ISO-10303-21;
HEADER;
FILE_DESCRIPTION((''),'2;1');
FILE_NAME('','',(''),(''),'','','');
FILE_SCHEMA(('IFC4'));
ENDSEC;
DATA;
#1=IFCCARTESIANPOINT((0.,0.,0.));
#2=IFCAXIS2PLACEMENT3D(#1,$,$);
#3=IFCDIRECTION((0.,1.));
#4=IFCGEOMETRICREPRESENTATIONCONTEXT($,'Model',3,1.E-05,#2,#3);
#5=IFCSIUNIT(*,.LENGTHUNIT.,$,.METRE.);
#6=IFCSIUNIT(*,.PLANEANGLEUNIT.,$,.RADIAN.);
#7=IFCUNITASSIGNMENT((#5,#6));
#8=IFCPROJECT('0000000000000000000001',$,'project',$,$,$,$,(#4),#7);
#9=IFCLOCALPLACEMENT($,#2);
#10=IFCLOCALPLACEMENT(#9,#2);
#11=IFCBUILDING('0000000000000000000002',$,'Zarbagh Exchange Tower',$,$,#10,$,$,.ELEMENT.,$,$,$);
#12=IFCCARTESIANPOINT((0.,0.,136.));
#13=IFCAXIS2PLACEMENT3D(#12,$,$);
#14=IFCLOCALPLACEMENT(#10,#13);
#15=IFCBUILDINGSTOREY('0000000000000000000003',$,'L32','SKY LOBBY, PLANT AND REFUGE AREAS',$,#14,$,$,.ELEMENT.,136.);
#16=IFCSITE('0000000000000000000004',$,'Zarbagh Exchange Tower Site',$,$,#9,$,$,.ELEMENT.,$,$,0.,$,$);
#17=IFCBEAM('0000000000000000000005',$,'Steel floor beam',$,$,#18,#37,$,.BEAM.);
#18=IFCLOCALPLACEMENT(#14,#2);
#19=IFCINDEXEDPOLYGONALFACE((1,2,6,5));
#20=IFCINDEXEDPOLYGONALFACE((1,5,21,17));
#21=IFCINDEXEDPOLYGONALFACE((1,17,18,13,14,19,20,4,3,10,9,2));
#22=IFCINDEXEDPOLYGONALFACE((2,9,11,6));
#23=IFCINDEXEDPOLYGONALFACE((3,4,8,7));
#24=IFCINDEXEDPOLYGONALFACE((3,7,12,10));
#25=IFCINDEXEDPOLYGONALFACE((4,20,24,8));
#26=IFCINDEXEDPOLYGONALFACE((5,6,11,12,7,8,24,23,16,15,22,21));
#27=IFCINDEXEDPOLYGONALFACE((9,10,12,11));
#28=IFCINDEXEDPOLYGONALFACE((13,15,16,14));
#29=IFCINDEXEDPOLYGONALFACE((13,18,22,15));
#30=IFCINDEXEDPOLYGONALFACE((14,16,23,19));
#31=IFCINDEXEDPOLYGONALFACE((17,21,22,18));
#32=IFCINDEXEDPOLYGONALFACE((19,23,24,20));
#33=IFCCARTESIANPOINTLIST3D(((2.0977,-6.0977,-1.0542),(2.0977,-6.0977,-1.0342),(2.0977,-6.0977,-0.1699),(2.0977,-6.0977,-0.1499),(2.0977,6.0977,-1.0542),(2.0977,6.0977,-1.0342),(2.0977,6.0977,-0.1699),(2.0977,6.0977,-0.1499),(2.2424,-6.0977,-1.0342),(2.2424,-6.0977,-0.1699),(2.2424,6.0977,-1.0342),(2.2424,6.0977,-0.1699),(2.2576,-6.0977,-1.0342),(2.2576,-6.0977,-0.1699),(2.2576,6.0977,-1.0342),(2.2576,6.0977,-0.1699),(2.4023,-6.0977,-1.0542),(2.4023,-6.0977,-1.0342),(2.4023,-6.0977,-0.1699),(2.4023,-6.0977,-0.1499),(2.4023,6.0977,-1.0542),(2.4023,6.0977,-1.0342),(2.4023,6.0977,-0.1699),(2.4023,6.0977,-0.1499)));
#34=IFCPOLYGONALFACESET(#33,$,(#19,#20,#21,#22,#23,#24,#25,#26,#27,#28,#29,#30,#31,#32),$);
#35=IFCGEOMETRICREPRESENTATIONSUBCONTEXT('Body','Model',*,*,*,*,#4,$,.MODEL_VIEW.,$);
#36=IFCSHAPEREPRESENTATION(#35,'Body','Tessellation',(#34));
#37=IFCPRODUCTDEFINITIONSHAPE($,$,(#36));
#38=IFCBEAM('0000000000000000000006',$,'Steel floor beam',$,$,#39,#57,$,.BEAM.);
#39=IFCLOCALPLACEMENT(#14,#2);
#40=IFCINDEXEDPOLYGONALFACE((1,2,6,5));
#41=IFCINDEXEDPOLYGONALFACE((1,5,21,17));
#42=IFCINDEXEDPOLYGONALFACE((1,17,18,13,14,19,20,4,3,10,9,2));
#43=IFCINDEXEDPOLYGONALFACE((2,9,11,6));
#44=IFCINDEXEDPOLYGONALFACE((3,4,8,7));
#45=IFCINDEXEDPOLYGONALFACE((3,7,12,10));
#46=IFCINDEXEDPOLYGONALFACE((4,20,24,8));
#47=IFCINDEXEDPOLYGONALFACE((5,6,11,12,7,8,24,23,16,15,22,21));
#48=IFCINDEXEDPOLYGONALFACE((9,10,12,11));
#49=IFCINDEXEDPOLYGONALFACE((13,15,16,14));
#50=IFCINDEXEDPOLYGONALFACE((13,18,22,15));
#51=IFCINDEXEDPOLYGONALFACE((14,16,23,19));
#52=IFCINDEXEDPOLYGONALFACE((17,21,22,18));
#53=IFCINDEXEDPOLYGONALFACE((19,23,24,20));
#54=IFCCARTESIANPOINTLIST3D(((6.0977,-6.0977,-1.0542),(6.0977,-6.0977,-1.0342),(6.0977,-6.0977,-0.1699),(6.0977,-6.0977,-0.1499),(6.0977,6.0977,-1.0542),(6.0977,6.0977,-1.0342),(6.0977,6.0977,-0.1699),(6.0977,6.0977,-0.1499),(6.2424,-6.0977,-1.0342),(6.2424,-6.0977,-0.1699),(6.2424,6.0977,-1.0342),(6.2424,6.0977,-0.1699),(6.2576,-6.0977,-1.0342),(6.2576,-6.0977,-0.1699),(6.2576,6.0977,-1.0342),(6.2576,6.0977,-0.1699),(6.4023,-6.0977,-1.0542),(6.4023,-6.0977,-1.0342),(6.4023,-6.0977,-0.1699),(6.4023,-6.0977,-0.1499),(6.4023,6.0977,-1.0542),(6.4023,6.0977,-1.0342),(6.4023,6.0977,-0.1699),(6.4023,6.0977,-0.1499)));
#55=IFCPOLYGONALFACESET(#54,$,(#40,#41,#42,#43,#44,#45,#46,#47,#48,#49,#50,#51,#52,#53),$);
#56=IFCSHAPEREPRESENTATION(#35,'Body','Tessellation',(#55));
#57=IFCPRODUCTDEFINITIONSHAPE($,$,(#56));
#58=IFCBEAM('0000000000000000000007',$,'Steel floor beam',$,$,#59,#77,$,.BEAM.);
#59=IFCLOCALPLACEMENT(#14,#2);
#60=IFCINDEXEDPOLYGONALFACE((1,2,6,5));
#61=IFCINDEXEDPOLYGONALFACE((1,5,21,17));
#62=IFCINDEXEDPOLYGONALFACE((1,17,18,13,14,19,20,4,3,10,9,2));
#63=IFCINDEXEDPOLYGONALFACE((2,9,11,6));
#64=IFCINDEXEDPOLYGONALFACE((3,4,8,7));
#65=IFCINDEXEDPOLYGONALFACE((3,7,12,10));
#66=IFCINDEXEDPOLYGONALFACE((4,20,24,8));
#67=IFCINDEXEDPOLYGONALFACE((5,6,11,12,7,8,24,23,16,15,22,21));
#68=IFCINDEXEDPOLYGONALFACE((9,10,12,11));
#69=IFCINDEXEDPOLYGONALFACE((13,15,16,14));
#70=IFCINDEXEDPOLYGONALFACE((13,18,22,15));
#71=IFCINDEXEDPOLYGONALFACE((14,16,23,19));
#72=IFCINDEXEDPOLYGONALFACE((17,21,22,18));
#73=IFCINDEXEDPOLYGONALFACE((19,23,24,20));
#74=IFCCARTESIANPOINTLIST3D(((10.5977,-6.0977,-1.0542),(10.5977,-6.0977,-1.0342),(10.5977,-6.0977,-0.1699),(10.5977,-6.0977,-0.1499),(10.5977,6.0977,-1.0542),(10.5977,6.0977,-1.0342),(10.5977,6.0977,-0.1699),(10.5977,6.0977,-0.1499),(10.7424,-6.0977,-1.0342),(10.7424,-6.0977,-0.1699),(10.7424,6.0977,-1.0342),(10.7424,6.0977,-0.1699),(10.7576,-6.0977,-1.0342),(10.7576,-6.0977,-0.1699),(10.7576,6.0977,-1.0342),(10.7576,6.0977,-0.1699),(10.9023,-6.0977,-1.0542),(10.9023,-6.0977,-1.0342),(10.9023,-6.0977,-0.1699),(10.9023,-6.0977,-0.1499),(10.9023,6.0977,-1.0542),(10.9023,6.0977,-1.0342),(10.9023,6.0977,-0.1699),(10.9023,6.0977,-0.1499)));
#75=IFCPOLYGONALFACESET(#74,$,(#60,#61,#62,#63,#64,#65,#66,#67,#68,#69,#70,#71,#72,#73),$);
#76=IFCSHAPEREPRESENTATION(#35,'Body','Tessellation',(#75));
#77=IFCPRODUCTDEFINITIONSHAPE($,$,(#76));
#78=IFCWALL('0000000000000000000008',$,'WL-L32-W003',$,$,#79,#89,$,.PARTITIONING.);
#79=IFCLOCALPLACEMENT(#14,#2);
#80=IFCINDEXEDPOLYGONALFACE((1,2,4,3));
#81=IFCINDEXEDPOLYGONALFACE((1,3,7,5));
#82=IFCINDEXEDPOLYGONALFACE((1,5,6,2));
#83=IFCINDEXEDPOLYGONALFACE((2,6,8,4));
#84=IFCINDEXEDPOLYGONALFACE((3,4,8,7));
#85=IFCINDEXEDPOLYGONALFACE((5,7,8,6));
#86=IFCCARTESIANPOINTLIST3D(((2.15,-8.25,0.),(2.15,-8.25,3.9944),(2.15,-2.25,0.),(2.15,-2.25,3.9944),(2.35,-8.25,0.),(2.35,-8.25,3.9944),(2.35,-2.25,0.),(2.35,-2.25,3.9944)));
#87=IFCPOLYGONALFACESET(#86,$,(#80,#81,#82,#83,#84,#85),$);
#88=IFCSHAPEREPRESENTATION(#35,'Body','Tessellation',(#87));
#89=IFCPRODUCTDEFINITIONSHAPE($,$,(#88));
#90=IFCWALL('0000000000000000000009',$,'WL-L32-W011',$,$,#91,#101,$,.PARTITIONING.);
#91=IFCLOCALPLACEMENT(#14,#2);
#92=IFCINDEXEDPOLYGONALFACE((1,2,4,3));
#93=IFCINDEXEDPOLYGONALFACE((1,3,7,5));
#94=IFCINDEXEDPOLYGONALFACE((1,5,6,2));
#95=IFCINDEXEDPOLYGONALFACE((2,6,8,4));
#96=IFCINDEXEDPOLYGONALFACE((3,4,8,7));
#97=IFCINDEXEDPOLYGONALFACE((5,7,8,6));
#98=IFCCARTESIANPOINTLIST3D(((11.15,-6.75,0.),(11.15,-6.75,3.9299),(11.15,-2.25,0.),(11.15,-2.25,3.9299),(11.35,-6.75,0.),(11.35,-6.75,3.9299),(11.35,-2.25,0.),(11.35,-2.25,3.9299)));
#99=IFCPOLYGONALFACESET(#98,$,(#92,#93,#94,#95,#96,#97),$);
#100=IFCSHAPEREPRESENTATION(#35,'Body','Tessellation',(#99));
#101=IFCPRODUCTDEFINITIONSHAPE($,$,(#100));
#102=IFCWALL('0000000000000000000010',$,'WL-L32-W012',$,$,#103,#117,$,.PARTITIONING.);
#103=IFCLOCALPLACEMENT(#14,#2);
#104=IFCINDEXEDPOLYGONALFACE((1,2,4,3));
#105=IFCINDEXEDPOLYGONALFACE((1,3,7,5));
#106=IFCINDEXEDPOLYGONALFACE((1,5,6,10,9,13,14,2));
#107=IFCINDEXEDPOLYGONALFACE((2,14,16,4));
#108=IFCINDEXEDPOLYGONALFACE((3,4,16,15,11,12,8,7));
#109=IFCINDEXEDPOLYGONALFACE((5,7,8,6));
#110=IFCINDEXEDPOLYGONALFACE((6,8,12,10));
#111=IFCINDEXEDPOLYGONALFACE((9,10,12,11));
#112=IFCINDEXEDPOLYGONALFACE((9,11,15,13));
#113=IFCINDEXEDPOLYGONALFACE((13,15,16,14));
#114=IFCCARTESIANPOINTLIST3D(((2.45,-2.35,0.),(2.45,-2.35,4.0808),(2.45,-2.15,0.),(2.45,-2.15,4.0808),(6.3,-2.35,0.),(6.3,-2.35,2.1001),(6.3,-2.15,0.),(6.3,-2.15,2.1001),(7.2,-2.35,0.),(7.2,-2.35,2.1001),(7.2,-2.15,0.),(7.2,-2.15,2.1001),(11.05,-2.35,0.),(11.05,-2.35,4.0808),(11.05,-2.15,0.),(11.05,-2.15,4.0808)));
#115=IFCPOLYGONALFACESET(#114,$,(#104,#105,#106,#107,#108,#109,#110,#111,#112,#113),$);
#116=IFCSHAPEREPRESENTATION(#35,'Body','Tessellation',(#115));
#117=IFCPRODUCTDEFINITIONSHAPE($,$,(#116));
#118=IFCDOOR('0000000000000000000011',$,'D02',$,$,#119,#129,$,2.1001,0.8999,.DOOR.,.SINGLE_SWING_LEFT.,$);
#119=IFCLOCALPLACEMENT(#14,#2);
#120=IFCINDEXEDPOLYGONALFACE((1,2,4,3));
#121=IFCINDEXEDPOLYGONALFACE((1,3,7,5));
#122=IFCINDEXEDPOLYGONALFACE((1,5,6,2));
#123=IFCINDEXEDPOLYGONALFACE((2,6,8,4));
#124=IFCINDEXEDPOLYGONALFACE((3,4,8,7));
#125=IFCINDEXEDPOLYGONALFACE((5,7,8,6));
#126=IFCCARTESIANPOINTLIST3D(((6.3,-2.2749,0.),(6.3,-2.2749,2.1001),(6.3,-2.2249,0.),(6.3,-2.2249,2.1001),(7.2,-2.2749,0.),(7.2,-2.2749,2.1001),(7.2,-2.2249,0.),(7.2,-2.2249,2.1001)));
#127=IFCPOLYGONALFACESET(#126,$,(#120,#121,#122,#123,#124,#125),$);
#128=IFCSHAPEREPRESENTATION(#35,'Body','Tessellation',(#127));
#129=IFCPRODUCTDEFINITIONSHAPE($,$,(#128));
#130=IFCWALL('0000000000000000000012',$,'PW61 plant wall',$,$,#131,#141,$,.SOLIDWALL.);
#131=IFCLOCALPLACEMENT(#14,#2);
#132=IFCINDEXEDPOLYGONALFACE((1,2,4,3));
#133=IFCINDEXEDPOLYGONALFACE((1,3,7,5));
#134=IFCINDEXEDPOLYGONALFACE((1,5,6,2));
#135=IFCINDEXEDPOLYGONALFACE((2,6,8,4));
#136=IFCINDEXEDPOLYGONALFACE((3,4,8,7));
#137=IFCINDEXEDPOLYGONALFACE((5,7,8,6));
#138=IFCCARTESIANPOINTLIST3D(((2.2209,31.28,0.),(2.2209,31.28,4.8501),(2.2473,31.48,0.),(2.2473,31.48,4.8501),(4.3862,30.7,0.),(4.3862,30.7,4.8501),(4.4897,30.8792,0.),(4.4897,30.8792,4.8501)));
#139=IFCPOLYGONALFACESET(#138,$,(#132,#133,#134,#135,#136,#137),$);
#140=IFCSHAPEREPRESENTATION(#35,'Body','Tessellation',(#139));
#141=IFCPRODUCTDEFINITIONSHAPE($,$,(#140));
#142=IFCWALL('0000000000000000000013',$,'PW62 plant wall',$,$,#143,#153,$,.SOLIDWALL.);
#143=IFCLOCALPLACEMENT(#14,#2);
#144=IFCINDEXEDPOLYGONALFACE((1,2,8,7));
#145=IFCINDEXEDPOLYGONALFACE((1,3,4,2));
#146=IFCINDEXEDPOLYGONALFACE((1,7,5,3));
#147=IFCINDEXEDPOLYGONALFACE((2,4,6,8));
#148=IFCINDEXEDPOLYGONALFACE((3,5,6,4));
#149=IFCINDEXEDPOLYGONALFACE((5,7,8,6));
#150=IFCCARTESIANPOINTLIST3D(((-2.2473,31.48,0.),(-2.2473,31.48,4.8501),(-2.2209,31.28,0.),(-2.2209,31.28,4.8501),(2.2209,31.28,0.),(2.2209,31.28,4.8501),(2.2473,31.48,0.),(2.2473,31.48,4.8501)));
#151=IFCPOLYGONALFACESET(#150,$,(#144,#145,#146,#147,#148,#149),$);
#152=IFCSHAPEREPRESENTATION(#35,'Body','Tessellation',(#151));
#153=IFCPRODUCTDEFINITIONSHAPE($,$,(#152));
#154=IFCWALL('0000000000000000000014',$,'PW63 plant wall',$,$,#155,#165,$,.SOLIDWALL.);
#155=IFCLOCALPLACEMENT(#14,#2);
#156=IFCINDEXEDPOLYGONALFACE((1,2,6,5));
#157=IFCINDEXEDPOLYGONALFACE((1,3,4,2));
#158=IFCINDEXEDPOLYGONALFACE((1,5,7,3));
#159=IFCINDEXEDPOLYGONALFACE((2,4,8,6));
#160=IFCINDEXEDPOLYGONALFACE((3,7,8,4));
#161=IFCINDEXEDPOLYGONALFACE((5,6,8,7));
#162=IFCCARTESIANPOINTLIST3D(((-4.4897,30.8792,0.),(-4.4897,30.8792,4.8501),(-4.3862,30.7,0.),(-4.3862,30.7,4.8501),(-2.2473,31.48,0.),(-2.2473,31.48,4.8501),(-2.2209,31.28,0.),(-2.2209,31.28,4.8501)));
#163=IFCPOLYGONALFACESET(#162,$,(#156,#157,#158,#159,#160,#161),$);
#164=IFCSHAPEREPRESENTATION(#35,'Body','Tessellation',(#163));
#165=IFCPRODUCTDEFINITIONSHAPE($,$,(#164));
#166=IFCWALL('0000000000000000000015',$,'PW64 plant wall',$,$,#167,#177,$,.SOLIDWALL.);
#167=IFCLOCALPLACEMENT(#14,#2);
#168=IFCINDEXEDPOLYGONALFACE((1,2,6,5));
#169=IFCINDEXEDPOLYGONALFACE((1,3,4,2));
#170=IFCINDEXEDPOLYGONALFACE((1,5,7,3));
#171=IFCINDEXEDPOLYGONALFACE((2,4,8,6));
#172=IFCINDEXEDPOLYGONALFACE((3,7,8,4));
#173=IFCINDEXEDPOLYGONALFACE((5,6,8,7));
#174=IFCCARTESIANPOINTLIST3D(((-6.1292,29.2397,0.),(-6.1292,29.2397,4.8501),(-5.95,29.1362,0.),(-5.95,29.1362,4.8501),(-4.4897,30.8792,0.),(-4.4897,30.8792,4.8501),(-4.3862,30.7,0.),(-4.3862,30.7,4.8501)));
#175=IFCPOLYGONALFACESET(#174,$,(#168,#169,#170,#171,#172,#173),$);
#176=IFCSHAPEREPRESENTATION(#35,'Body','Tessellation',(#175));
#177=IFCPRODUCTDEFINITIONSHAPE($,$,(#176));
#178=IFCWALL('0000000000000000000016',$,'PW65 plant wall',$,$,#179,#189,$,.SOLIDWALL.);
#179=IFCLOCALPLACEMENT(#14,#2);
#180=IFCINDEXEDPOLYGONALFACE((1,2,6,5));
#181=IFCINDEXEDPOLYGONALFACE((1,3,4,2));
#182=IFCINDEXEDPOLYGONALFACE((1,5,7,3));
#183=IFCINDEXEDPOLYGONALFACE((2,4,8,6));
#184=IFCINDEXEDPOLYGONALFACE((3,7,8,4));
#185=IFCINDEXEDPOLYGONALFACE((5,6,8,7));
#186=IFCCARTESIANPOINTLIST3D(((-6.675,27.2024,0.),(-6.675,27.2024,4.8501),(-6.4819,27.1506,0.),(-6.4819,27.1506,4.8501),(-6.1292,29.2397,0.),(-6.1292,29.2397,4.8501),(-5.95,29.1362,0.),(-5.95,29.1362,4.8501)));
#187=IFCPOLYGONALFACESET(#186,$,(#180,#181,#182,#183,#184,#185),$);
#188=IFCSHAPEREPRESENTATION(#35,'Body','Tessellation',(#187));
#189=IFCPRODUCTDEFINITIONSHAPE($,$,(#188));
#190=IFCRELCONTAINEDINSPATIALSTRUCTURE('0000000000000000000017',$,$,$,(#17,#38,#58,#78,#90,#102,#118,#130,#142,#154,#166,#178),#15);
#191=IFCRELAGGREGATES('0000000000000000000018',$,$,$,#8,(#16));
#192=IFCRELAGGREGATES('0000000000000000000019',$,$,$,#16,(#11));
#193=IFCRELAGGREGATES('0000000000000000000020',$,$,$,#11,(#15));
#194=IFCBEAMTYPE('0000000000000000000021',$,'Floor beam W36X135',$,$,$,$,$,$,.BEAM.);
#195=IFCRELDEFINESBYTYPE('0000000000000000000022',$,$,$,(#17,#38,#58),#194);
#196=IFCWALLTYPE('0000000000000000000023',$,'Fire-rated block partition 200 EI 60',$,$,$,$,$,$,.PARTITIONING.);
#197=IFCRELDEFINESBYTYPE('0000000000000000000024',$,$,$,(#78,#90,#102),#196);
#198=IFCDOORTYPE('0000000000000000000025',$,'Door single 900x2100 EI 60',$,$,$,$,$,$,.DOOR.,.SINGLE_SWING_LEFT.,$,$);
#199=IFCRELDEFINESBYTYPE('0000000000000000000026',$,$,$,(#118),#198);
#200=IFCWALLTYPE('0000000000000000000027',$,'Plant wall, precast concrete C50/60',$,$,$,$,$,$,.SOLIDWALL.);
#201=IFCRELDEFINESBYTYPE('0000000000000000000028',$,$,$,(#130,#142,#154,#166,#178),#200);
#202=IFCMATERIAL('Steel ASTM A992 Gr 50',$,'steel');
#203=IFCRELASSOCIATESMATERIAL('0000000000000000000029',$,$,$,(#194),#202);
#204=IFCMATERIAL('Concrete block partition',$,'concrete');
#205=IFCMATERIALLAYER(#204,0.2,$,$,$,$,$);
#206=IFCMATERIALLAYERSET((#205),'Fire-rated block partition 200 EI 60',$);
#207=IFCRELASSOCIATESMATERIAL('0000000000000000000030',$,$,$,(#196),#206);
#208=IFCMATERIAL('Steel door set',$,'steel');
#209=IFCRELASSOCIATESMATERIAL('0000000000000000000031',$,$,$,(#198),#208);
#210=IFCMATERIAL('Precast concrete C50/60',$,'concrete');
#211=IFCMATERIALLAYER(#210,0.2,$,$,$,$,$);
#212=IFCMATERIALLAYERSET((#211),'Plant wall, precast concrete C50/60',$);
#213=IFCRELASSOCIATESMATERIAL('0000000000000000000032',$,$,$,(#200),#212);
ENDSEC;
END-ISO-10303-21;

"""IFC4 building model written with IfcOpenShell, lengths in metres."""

from ifc_helpers import new_model, si_unit, direction, frame, frame_2d, origin, origin_2d, place, context, subcontext, project, spatial, polyline, rectangle, i_section, outline, extrude, material, layer, layer_set, material_profile, profile_set, type_object, element, fill, save


model = new_model("IFC4")

# Units and contexts
model_context = context("Model", 3, precision=1e-05, world=origin(), true_north=direction((0.0, 1.0)))
body_context = subcontext(model_context, "Body", "Model", "MODEL_VIEW")
ifc_project = project(units=[si_unit("LENGTHUNIT", "METRE"), si_unit("PLANEANGLEUNIT", "RADIAN")], contexts=[model_context])

# Site, building, storey
site_placement = place(None, origin())
site = spatial("IfcSite", under=ifc_project, at=site_placement, Name="Zarbagh Exchange Tower Site", CompositionType="ELEMENT", RefElevation=0.0)
building_placement = place(site_placement, origin())
building = spatial("IfcBuilding", under=site, at=building_placement, Name="Zarbagh Exchange Tower", CompositionType="ELEMENT")
storey_placement = place(building_placement, frame((0.0, 0.0, 136.0)))
storey = spatial("IfcBuildingStorey", under=building, at=storey_placement, Name="L32", Description="SKY LOBBY, PLANT AND REFUGE AREAS", CompositionType="ELEMENT", Elevation=136.0)

# Beams
ifc_material_1 = material(Name="Steel ASTM A992 Gr 50", Category="steel")
ifc_material_profile = material_profile(ifc_material_1, i_section(OverallWidth=0.3047, OverallDepth=0.9043, WebThickness=0.0151, FlangeThickness=0.02, at=origin_2d()), Name="W36X135")
ifc_profile_set = profile_set([ifc_material_profile], Name="Steel ASTM A992 Gr 50")
beam_type = type_object("IfcBeamType", Name="Floor beam W36X135", PredefinedType="BEAM", material=ifc_profile_set)
for number, where, z_axis, x_axis, name in (
    (1, (2.25, -6.0977, -0.6021), (0.0, 1.0, 0.0), (-1.0, 0.0, 0.0), "Steel floor beam"),
    (2, (6.25, -6.0977, -0.6021), (0.0, 1.0, 0.0), (-1.0, 0.0, 0.0), "Steel floor beam"),
    (3, (10.75, -6.0977, -0.6021), (0.0, 1.0, 0.0), (-1.0, 0.0, 0.0), "Steel floor beam"),
):
    element("IfcBeam", number, at=place(storey_placement, frame(where, z_axis=z_axis, x_axis=x_axis)), inside=storey, type_object=beam_type, Name=name, PredefinedType="BEAM", context=body_context, shape_type="SweptSolid", body=[
        extrude(i_section(OverallWidth=0.3047, OverallDepth=0.9043, WebThickness=0.0151, FlangeThickness=0.02, at=origin_2d()), origin(), (0.0, 0.0, 1.0), 12.1953),
    ])

# Walls
ifc_material_2 = material(Name="Concrete block partition", Category="concrete")
ifc_layer_1 = layer(ifc_material_2, 0.2)
ifc_layer_set_1 = layer_set([ifc_layer_1], Name="Fire-rated block partition 200 EI 60")
wall_type_1 = type_object("IfcWallType", Name="Fire-rated block partition 200 EI 60", PredefinedType="PARTITIONING", material=ifc_layer_set_1)
wall_1_placement = place(storey_placement, frame((2.25, -2.25, 0.0), z_axis=(0.0, 0.0, 1.0), x_axis=(0.0, -1.0, 0.0)))
element("IfcWall", 4, at=wall_1_placement, inside=storey, type_object=wall_type_1, Name="WL-L32-W003", PredefinedType="PARTITIONING", context=body_context, shape_type="SweptSolid", body=[
    extrude(rectangle(XDim=6.0, YDim=0.2, at=frame_2d((3.0, 0.0))), origin(), (0.0, 0.0, 1.0), 3.9944),
])
wall_2_placement = place(storey_placement, frame((11.25, -2.25, 0.0), z_axis=(0.0, 0.0, 1.0), x_axis=(0.0, -1.0, 0.0)))
element("IfcWall", 5, at=wall_2_placement, inside=storey, type_object=wall_type_1, Name="WL-L32-W011", PredefinedType="PARTITIONING", context=body_context, shape_type="SweptSolid", body=[
    extrude(rectangle(XDim=4.5, YDim=0.2, at=frame_2d((2.25, 0.0))), origin(), (0.0, 0.0, 1.0), 3.9299),
])

# Wall, opening, door
wall_3_placement = place(storey_placement, frame((11.05, -2.25, 0.0), z_axis=(0.0, 0.0, 1.0), x_axis=(-1.0, 0.0, 0.0)))
wall_3 = element("IfcWall", 6, at=wall_3_placement, inside=storey, type_object=wall_type_1, Name="WL-L32-W012", PredefinedType="PARTITIONING", context=body_context, shape_type="SweptSolid", body=[
    extrude(rectangle(XDim=8.6001, YDim=0.2, at=frame_2d((4.3, 0.0))), origin(), (0.0, 0.0, 1.0), 4.0808),
])
opening_placement = place(wall_3_placement, frame((3.8501, 0.0, 0.0)))
opening = element("IfcOpeningElement", 7, at=opening_placement, cuts=wall_3, PredefinedType="OPENING", context=body_context, shape_type="SweptSolid", body=[
    extrude(rectangle(XDim=0.8999, YDim=2.1001, at=frame_2d((0.45, 1.05))), frame((0.0, 0.1099, 0.0), z_axis=(0.0, -1.0, 0.0), x_axis=(1.0, 0.0, 0.0)), (0.0, 0.0, 1.0), 0.22),
])
ifc_material_3 = material(Name="Steel door set", Category="steel")
door_type = type_object("IfcDoorType", Name="Door single 900x2100 EI 60", OperationType="SINGLE_SWING_LEFT", PredefinedType="DOOR", material=ifc_material_3)
door_placement = place(opening_placement, origin())
door = element("IfcDoor", 8, at=door_placement, inside=storey, type_object=door_type, Name="D02", OperationType="SINGLE_SWING_LEFT", OverallHeight=2.1001, OverallWidth=0.8999, PredefinedType="DOOR", context=body_context, shape_type="SweptSolid", body=[
    extrude(rectangle(XDim=0.8999, YDim=2.1001, at=frame_2d((0.45, 1.05))), frame((0.0, 0.0249, 0.0), z_axis=(0.0, -1.0, 0.0), x_axis=(1.0, 0.0, 0.0)), (0.0, 0.0, 1.0), 0.05),
])
fill(opening, door)

# Walls
ifc_material_4 = material(Name="Precast concrete C50/60", Category="concrete")
ifc_layer_2 = layer(ifc_material_4, 0.2)
ifc_layer_set_2 = layer_set([ifc_layer_2], Name="Plant wall, precast concrete C50/60")
wall_type_2 = type_object("IfcWallType", Name="Plant wall, precast concrete C50/60", PredefinedType="SOLIDWALL", material=ifc_layer_set_2)
wall_4_placement = place(storey_placement, origin())
element("IfcWall", 9, at=wall_4_placement, inside=storey, type_object=wall_type_2, Name="PW61 plant wall", PredefinedType="SOLIDWALL", context=body_context, shape_type="SweptSolid", body=[
    extrude(outline(polyline([(4.4897, 30.8792), (2.2473, 31.48), (2.2209, 31.28), (4.3862, 30.7), (4.4897, 30.8792)])), origin(), (0.0, 0.0, 1.0), 4.8501),
])
wall_5_placement = place(storey_placement, origin())
element("IfcWall", 10, at=wall_5_placement, inside=storey, type_object=wall_type_2, Name="PW62 plant wall", PredefinedType="SOLIDWALL", context=body_context, shape_type="SweptSolid", body=[
    extrude(outline(polyline([(2.2473, 31.48), (-2.2473, 31.48), (-2.2209, 31.28), (2.2209, 31.28), (2.2473, 31.48)])), origin(), (0.0, 0.0, 1.0), 4.8501),
])
wall_6_placement = place(storey_placement, origin())
element("IfcWall", 11, at=wall_6_placement, inside=storey, type_object=wall_type_2, Name="PW63 plant wall", PredefinedType="SOLIDWALL", context=body_context, shape_type="SweptSolid", body=[
    extrude(outline(polyline([(-2.2473, 31.48), (-4.4897, 30.8792), (-4.3862, 30.7), (-2.2209, 31.28), (-2.2473, 31.48)])), origin(), (0.0, 0.0, 1.0), 4.8501),
])
wall_7_placement = place(storey_placement, origin())
element("IfcWall", 12, at=wall_7_placement, inside=storey, type_object=wall_type_2, Name="PW64 plant wall", PredefinedType="SOLIDWALL", context=body_context, shape_type="SweptSolid", body=[
    extrude(outline(polyline([(-4.4897, 30.8792), (-6.1292, 29.2397), (-5.95, 29.1362), (-4.3862, 30.7), (-4.4897, 30.8792)])), origin(), (0.0, 0.0, 1.0), 4.8501),
])
wall_8_placement = place(storey_placement, origin())
element("IfcWall", 13, at=wall_8_placement, inside=storey, type_object=wall_type_2, Name="PW65 plant wall", PredefinedType="SOLIDWALL", context=body_context, shape_type="SweptSolid", body=[
    extrude(outline(polyline([(-6.1292, 29.2397), (-6.675, 27.2024), (-6.4819, 27.1506), (-5.95, 29.1362), (-6.1292, 29.2397)])), origin(), (0.0, 0.0, 1.0), 4.8501),
])

save(model, "model.ifc")
